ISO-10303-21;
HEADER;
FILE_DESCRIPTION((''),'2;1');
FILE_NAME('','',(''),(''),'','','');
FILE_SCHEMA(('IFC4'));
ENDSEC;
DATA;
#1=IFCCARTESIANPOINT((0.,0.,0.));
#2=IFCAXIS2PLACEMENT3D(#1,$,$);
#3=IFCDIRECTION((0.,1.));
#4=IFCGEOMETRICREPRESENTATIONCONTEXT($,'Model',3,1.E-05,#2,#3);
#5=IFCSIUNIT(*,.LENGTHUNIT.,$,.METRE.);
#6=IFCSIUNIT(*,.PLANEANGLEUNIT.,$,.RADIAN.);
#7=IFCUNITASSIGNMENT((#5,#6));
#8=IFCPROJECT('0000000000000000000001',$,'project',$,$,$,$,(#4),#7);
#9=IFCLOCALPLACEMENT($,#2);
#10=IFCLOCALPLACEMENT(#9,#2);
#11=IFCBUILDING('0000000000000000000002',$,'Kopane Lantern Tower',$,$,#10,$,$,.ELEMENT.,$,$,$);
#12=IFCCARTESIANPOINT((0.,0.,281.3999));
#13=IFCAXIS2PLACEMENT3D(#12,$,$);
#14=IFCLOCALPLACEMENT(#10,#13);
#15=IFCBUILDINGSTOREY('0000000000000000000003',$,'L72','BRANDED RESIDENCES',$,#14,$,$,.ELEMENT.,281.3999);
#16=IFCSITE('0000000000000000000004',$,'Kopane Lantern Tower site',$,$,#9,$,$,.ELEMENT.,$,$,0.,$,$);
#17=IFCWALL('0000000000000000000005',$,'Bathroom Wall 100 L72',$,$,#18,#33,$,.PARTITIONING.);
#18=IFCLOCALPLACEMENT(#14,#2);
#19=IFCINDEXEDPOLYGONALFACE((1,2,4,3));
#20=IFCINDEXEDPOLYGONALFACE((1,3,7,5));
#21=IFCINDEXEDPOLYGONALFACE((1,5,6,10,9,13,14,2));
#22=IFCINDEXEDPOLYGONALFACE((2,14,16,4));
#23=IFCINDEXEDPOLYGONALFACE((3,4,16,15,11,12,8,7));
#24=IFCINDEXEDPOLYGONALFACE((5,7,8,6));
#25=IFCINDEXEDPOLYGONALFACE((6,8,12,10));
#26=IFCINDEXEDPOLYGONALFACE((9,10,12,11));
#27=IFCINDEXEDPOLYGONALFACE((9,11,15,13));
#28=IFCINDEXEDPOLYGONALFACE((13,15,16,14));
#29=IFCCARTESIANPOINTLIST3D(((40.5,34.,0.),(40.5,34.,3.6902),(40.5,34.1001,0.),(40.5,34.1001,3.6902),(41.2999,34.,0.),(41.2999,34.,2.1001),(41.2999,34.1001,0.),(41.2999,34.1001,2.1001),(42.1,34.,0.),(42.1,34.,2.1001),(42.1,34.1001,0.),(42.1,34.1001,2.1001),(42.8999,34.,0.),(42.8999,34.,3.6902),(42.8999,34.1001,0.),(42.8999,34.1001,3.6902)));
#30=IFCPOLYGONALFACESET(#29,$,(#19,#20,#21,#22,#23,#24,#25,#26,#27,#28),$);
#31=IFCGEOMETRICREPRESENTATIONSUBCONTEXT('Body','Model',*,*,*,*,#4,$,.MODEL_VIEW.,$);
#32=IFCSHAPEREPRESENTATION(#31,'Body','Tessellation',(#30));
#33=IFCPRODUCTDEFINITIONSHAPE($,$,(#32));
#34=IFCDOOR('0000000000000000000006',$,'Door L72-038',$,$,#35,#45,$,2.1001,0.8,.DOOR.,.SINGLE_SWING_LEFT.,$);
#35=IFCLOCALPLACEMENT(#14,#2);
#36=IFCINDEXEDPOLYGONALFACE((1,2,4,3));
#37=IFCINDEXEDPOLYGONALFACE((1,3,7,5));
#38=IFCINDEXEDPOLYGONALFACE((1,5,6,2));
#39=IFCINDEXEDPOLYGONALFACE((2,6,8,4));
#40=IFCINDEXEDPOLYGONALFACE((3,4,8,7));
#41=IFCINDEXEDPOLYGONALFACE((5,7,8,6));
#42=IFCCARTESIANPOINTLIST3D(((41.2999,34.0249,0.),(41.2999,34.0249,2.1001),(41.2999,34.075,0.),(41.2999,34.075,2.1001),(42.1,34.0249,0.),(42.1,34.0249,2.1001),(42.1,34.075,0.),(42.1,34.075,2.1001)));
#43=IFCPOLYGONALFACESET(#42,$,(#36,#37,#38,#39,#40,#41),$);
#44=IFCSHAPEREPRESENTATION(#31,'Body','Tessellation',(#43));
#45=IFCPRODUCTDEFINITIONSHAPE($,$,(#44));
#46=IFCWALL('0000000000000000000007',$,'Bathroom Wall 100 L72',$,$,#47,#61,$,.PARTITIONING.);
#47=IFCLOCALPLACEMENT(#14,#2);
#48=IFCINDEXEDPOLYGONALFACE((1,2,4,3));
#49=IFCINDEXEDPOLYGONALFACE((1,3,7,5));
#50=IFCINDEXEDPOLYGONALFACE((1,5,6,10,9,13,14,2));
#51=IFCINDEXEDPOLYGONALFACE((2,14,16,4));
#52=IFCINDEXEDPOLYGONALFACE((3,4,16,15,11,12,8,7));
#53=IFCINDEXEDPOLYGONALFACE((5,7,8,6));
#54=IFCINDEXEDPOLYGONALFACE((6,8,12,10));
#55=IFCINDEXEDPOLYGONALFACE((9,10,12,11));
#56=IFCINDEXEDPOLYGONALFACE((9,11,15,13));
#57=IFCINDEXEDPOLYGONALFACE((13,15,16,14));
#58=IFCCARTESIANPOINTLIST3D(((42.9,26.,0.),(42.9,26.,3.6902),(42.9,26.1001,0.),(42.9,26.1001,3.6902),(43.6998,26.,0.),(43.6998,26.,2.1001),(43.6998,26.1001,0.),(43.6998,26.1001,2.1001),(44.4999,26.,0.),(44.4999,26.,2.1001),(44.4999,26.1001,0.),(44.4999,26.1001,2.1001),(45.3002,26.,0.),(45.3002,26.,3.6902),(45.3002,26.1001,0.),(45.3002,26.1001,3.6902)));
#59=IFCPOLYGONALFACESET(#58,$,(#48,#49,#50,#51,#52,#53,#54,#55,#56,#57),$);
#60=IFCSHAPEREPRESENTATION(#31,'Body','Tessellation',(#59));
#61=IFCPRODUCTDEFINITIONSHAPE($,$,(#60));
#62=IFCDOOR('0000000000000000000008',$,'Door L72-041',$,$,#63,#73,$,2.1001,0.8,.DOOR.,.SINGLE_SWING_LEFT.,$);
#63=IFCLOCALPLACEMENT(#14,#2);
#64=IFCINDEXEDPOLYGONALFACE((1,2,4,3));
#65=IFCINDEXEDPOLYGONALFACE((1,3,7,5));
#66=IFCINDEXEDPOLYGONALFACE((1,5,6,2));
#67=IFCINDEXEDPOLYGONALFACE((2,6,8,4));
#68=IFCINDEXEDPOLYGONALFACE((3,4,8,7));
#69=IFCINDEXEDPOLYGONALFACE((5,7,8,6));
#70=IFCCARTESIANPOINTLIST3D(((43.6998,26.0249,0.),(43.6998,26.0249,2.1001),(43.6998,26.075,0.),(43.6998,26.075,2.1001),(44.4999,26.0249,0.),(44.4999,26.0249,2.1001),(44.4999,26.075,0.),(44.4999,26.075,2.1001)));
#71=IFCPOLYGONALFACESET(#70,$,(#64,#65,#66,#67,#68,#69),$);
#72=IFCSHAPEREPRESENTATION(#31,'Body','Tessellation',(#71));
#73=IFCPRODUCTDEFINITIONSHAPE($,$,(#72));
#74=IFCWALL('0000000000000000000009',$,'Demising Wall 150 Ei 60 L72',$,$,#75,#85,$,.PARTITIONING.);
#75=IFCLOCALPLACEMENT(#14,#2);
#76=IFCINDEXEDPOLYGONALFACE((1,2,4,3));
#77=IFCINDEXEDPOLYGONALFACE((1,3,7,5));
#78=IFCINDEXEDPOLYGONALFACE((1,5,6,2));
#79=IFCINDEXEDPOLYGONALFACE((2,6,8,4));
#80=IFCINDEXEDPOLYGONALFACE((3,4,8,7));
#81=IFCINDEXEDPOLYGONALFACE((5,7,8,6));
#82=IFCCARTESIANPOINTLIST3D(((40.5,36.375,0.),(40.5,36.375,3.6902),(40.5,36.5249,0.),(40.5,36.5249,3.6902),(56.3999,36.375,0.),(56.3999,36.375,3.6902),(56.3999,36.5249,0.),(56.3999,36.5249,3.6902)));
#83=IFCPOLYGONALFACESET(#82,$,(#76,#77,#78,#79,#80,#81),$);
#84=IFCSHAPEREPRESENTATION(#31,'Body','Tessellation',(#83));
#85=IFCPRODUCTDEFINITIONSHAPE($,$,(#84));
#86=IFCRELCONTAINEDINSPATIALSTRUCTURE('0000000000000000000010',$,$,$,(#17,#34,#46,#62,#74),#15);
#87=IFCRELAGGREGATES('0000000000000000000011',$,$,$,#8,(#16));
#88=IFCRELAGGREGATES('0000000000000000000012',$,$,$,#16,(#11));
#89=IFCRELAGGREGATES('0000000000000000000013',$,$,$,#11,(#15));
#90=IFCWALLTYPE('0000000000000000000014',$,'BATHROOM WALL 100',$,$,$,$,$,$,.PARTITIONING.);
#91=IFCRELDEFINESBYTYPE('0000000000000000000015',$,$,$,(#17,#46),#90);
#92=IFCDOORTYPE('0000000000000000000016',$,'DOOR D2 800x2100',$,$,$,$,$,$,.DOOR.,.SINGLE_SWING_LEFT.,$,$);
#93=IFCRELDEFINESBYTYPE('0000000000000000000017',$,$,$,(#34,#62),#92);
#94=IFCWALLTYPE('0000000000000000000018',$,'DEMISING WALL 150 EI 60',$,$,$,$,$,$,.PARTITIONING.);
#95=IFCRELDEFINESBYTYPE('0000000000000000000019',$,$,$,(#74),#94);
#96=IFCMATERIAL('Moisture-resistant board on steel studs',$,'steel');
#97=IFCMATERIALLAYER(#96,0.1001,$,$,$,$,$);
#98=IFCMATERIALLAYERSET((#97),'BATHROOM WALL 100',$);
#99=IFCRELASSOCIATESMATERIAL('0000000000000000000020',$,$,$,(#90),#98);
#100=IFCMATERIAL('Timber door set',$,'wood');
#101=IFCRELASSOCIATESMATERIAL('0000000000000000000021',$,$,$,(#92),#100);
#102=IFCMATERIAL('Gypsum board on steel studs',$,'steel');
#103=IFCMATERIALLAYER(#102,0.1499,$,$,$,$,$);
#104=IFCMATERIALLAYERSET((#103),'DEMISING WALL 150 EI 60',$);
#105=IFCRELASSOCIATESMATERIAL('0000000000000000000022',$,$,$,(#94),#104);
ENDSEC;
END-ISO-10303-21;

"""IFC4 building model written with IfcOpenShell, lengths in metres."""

from ifc_helpers import new_model, si_unit, direction, frame, frame_2d, origin, place, context, subcontext, project, spatial, rectangle, extrude, material, layer, layer_set, type_object, element, fill, save


model = new_model("IFC4")

# Units and contexts
model_context = context("Model", 3, precision=1e-05, world=origin(), true_north=direction((0.0, 1.0)))
body_context = subcontext(model_context, "Body", "Model", "MODEL_VIEW")
ifc_project = project(units=[si_unit("LENGTHUNIT", "METRE"), si_unit("PLANEANGLEUNIT", "RADIAN")], contexts=[model_context])

# Site, building, storey
site_placement = place(None, origin())
site = spatial("IfcSite", under=ifc_project, at=site_placement, Name="Kopane Lantern Tower site", CompositionType="ELEMENT", RefElevation=0.0)
building_placement = place(site_placement, origin())
building = spatial("IfcBuilding", under=site, at=building_placement, Name="Kopane Lantern Tower", CompositionType="ELEMENT")
storey_placement = place(building_placement, frame((0.0, 0.0, 281.3999)))
storey = spatial("IfcBuildingStorey", under=building, at=storey_placement, Name="L72", Description="BRANDED RESIDENCES", CompositionType="ELEMENT", Elevation=281.3999)

# Walls, openings, doors
ifc_material_1 = material(Name="Moisture-resistant board on steel studs", Category="steel")
ifc_layer_1 = layer(ifc_material_1, 0.1001)
ifc_layer_set_1 = layer_set([ifc_layer_1], Name="BATHROOM WALL 100")
wall_type_1 = type_object("IfcWallType", Name="BATHROOM WALL 100", PredefinedType="PARTITIONING", material=ifc_layer_set_1)
wall_1_placement = place(storey_placement, frame((40.5, 34.05, 0.0), z_axis=(0.0, 0.0, 1.0), x_axis=(1.0, 0.0, 0.0)))
wall_1 = element("IfcWall", 1, at=wall_1_placement, inside=storey, type_object=wall_type_1, Name="Bathroom Wall 100 L72", PredefinedType="PARTITIONING", context=body_context, shape_type="SweptSolid", body=[
    extrude(rectangle(XDim=2.3999, YDim=0.1001, at=frame_2d((1.2, 0.0))), origin(), (0.0, 0.0, 1.0), 3.6902),
])
opening_1_placement = place(wall_1_placement, frame((0.8, 0.0, 0.0)))
opening_1 = element("IfcOpeningElement", 2, at=opening_1_placement, cuts=wall_1, PredefinedType="OPENING", context=body_context, shape_type="SweptSolid", body=[
    extrude(rectangle(XDim=0.8, YDim=2.1001, at=frame_2d((0.3999, 1.05))), frame((0.0, 0.0601, 0.0), z_axis=(0.0, -1.0, 0.0), x_axis=(1.0, 0.0, 0.0)), (0.0, 0.0, 1.0), 0.1201),
])
ifc_material_2 = material(Name="Timber door set", Category="wood")
door_type = type_object("IfcDoorType", Name="DOOR D2 800x2100", OperationType="SINGLE_SWING_LEFT", PredefinedType="DOOR", material=ifc_material_2)
door_1_placement = place(opening_1_placement, origin())
door_1 = element("IfcDoor", 3, at=door_1_placement, inside=storey, type_object=door_type, Name="Door L72-038", OperationType="SINGLE_SWING_LEFT", OverallHeight=2.1001, OverallWidth=0.8, PredefinedType="DOOR", context=body_context, shape_type="SweptSolid", body=[
    extrude(rectangle(XDim=0.8, YDim=2.1001, at=frame_2d((0.3999, 1.05))), frame((0.0, 0.0249, 0.0), z_axis=(0.0, -1.0, 0.0), x_axis=(1.0, 0.0, 0.0)), (0.0, 0.0, 1.0), 0.05),
])
fill(opening_1, door_1)
wall_2_placement = place(storey_placement, frame((42.8999, 26.05, 0.0), z_axis=(0.0, 0.0, 1.0), x_axis=(1.0, 0.0, 0.0)))
wall_2 = element("IfcWall", 4, at=wall_2_placement, inside=storey, type_object=wall_type_1, Name="Bathroom Wall 100 L72", PredefinedType="PARTITIONING", context=body_context, shape_type="SweptSolid", body=[
    extrude(rectangle(XDim=2.4001, YDim=0.1001, at=frame_2d((1.2002, 0.0))), origin(), (0.0, 0.0, 1.0), 3.6902),
])
opening_2_placement = place(wall_2_placement, frame((0.8, 0.0, 0.0)))
opening_2 = element("IfcOpeningElement", 5, at=opening_2_placement, cuts=wall_2, PredefinedType="OPENING", context=body_context, shape_type="SweptSolid", body=[
    extrude(rectangle(XDim=0.8, YDim=2.1001, at=frame_2d((0.3999, 1.05))), frame((0.0, 0.0601, 0.0), z_axis=(0.0, -1.0, 0.0), x_axis=(1.0, 0.0, 0.0)), (0.0, 0.0, 1.0), 0.1201),
])
door_2_placement = place(opening_2_placement, origin())
door_2 = element("IfcDoor", 6, at=door_2_placement, inside=storey, type_object=door_type, Name="Door L72-041", OperationType="SINGLE_SWING_LEFT", OverallHeight=2.1001, OverallWidth=0.8, PredefinedType="DOOR", context=body_context, shape_type="SweptSolid", body=[
    extrude(rectangle(XDim=0.8, YDim=2.1001, at=frame_2d((0.3999, 1.05))), frame((0.0, 0.0249, 0.0), z_axis=(0.0, -1.0, 0.0), x_axis=(1.0, 0.0, 0.0)), (0.0, 0.0, 1.0), 0.05),
])
fill(opening_2, door_2)

# Wall
ifc_material_3 = material(Name="Gypsum board on steel studs", Category="steel")
ifc_layer_2 = layer(ifc_material_3, 0.1499)
ifc_layer_set_2 = layer_set([ifc_layer_2], Name="DEMISING WALL 150 EI 60")
wall_type_2 = type_object("IfcWallType", Name="DEMISING WALL 150 EI 60", PredefinedType="PARTITIONING", material=ifc_layer_set_2)
wall_3_placement = place(storey_placement, frame((40.5, 36.45, 0.0), z_axis=(0.0, 0.0, 1.0), x_axis=(1.0, 0.0, 0.0)))
element("IfcWall", 7, at=wall_3_placement, inside=storey, type_object=wall_type_2, Name="Demising Wall 150 Ei 60 L72", PredefinedType="PARTITIONING", context=body_context, shape_type="SweptSolid", body=[
    extrude(rectangle(XDim=15.8999, YDim=0.1499, at=frame_2d((7.95, 0.0))), origin(), (0.0, 0.0, 1.0), 3.6902),
])

save(model, "model.ifc")
